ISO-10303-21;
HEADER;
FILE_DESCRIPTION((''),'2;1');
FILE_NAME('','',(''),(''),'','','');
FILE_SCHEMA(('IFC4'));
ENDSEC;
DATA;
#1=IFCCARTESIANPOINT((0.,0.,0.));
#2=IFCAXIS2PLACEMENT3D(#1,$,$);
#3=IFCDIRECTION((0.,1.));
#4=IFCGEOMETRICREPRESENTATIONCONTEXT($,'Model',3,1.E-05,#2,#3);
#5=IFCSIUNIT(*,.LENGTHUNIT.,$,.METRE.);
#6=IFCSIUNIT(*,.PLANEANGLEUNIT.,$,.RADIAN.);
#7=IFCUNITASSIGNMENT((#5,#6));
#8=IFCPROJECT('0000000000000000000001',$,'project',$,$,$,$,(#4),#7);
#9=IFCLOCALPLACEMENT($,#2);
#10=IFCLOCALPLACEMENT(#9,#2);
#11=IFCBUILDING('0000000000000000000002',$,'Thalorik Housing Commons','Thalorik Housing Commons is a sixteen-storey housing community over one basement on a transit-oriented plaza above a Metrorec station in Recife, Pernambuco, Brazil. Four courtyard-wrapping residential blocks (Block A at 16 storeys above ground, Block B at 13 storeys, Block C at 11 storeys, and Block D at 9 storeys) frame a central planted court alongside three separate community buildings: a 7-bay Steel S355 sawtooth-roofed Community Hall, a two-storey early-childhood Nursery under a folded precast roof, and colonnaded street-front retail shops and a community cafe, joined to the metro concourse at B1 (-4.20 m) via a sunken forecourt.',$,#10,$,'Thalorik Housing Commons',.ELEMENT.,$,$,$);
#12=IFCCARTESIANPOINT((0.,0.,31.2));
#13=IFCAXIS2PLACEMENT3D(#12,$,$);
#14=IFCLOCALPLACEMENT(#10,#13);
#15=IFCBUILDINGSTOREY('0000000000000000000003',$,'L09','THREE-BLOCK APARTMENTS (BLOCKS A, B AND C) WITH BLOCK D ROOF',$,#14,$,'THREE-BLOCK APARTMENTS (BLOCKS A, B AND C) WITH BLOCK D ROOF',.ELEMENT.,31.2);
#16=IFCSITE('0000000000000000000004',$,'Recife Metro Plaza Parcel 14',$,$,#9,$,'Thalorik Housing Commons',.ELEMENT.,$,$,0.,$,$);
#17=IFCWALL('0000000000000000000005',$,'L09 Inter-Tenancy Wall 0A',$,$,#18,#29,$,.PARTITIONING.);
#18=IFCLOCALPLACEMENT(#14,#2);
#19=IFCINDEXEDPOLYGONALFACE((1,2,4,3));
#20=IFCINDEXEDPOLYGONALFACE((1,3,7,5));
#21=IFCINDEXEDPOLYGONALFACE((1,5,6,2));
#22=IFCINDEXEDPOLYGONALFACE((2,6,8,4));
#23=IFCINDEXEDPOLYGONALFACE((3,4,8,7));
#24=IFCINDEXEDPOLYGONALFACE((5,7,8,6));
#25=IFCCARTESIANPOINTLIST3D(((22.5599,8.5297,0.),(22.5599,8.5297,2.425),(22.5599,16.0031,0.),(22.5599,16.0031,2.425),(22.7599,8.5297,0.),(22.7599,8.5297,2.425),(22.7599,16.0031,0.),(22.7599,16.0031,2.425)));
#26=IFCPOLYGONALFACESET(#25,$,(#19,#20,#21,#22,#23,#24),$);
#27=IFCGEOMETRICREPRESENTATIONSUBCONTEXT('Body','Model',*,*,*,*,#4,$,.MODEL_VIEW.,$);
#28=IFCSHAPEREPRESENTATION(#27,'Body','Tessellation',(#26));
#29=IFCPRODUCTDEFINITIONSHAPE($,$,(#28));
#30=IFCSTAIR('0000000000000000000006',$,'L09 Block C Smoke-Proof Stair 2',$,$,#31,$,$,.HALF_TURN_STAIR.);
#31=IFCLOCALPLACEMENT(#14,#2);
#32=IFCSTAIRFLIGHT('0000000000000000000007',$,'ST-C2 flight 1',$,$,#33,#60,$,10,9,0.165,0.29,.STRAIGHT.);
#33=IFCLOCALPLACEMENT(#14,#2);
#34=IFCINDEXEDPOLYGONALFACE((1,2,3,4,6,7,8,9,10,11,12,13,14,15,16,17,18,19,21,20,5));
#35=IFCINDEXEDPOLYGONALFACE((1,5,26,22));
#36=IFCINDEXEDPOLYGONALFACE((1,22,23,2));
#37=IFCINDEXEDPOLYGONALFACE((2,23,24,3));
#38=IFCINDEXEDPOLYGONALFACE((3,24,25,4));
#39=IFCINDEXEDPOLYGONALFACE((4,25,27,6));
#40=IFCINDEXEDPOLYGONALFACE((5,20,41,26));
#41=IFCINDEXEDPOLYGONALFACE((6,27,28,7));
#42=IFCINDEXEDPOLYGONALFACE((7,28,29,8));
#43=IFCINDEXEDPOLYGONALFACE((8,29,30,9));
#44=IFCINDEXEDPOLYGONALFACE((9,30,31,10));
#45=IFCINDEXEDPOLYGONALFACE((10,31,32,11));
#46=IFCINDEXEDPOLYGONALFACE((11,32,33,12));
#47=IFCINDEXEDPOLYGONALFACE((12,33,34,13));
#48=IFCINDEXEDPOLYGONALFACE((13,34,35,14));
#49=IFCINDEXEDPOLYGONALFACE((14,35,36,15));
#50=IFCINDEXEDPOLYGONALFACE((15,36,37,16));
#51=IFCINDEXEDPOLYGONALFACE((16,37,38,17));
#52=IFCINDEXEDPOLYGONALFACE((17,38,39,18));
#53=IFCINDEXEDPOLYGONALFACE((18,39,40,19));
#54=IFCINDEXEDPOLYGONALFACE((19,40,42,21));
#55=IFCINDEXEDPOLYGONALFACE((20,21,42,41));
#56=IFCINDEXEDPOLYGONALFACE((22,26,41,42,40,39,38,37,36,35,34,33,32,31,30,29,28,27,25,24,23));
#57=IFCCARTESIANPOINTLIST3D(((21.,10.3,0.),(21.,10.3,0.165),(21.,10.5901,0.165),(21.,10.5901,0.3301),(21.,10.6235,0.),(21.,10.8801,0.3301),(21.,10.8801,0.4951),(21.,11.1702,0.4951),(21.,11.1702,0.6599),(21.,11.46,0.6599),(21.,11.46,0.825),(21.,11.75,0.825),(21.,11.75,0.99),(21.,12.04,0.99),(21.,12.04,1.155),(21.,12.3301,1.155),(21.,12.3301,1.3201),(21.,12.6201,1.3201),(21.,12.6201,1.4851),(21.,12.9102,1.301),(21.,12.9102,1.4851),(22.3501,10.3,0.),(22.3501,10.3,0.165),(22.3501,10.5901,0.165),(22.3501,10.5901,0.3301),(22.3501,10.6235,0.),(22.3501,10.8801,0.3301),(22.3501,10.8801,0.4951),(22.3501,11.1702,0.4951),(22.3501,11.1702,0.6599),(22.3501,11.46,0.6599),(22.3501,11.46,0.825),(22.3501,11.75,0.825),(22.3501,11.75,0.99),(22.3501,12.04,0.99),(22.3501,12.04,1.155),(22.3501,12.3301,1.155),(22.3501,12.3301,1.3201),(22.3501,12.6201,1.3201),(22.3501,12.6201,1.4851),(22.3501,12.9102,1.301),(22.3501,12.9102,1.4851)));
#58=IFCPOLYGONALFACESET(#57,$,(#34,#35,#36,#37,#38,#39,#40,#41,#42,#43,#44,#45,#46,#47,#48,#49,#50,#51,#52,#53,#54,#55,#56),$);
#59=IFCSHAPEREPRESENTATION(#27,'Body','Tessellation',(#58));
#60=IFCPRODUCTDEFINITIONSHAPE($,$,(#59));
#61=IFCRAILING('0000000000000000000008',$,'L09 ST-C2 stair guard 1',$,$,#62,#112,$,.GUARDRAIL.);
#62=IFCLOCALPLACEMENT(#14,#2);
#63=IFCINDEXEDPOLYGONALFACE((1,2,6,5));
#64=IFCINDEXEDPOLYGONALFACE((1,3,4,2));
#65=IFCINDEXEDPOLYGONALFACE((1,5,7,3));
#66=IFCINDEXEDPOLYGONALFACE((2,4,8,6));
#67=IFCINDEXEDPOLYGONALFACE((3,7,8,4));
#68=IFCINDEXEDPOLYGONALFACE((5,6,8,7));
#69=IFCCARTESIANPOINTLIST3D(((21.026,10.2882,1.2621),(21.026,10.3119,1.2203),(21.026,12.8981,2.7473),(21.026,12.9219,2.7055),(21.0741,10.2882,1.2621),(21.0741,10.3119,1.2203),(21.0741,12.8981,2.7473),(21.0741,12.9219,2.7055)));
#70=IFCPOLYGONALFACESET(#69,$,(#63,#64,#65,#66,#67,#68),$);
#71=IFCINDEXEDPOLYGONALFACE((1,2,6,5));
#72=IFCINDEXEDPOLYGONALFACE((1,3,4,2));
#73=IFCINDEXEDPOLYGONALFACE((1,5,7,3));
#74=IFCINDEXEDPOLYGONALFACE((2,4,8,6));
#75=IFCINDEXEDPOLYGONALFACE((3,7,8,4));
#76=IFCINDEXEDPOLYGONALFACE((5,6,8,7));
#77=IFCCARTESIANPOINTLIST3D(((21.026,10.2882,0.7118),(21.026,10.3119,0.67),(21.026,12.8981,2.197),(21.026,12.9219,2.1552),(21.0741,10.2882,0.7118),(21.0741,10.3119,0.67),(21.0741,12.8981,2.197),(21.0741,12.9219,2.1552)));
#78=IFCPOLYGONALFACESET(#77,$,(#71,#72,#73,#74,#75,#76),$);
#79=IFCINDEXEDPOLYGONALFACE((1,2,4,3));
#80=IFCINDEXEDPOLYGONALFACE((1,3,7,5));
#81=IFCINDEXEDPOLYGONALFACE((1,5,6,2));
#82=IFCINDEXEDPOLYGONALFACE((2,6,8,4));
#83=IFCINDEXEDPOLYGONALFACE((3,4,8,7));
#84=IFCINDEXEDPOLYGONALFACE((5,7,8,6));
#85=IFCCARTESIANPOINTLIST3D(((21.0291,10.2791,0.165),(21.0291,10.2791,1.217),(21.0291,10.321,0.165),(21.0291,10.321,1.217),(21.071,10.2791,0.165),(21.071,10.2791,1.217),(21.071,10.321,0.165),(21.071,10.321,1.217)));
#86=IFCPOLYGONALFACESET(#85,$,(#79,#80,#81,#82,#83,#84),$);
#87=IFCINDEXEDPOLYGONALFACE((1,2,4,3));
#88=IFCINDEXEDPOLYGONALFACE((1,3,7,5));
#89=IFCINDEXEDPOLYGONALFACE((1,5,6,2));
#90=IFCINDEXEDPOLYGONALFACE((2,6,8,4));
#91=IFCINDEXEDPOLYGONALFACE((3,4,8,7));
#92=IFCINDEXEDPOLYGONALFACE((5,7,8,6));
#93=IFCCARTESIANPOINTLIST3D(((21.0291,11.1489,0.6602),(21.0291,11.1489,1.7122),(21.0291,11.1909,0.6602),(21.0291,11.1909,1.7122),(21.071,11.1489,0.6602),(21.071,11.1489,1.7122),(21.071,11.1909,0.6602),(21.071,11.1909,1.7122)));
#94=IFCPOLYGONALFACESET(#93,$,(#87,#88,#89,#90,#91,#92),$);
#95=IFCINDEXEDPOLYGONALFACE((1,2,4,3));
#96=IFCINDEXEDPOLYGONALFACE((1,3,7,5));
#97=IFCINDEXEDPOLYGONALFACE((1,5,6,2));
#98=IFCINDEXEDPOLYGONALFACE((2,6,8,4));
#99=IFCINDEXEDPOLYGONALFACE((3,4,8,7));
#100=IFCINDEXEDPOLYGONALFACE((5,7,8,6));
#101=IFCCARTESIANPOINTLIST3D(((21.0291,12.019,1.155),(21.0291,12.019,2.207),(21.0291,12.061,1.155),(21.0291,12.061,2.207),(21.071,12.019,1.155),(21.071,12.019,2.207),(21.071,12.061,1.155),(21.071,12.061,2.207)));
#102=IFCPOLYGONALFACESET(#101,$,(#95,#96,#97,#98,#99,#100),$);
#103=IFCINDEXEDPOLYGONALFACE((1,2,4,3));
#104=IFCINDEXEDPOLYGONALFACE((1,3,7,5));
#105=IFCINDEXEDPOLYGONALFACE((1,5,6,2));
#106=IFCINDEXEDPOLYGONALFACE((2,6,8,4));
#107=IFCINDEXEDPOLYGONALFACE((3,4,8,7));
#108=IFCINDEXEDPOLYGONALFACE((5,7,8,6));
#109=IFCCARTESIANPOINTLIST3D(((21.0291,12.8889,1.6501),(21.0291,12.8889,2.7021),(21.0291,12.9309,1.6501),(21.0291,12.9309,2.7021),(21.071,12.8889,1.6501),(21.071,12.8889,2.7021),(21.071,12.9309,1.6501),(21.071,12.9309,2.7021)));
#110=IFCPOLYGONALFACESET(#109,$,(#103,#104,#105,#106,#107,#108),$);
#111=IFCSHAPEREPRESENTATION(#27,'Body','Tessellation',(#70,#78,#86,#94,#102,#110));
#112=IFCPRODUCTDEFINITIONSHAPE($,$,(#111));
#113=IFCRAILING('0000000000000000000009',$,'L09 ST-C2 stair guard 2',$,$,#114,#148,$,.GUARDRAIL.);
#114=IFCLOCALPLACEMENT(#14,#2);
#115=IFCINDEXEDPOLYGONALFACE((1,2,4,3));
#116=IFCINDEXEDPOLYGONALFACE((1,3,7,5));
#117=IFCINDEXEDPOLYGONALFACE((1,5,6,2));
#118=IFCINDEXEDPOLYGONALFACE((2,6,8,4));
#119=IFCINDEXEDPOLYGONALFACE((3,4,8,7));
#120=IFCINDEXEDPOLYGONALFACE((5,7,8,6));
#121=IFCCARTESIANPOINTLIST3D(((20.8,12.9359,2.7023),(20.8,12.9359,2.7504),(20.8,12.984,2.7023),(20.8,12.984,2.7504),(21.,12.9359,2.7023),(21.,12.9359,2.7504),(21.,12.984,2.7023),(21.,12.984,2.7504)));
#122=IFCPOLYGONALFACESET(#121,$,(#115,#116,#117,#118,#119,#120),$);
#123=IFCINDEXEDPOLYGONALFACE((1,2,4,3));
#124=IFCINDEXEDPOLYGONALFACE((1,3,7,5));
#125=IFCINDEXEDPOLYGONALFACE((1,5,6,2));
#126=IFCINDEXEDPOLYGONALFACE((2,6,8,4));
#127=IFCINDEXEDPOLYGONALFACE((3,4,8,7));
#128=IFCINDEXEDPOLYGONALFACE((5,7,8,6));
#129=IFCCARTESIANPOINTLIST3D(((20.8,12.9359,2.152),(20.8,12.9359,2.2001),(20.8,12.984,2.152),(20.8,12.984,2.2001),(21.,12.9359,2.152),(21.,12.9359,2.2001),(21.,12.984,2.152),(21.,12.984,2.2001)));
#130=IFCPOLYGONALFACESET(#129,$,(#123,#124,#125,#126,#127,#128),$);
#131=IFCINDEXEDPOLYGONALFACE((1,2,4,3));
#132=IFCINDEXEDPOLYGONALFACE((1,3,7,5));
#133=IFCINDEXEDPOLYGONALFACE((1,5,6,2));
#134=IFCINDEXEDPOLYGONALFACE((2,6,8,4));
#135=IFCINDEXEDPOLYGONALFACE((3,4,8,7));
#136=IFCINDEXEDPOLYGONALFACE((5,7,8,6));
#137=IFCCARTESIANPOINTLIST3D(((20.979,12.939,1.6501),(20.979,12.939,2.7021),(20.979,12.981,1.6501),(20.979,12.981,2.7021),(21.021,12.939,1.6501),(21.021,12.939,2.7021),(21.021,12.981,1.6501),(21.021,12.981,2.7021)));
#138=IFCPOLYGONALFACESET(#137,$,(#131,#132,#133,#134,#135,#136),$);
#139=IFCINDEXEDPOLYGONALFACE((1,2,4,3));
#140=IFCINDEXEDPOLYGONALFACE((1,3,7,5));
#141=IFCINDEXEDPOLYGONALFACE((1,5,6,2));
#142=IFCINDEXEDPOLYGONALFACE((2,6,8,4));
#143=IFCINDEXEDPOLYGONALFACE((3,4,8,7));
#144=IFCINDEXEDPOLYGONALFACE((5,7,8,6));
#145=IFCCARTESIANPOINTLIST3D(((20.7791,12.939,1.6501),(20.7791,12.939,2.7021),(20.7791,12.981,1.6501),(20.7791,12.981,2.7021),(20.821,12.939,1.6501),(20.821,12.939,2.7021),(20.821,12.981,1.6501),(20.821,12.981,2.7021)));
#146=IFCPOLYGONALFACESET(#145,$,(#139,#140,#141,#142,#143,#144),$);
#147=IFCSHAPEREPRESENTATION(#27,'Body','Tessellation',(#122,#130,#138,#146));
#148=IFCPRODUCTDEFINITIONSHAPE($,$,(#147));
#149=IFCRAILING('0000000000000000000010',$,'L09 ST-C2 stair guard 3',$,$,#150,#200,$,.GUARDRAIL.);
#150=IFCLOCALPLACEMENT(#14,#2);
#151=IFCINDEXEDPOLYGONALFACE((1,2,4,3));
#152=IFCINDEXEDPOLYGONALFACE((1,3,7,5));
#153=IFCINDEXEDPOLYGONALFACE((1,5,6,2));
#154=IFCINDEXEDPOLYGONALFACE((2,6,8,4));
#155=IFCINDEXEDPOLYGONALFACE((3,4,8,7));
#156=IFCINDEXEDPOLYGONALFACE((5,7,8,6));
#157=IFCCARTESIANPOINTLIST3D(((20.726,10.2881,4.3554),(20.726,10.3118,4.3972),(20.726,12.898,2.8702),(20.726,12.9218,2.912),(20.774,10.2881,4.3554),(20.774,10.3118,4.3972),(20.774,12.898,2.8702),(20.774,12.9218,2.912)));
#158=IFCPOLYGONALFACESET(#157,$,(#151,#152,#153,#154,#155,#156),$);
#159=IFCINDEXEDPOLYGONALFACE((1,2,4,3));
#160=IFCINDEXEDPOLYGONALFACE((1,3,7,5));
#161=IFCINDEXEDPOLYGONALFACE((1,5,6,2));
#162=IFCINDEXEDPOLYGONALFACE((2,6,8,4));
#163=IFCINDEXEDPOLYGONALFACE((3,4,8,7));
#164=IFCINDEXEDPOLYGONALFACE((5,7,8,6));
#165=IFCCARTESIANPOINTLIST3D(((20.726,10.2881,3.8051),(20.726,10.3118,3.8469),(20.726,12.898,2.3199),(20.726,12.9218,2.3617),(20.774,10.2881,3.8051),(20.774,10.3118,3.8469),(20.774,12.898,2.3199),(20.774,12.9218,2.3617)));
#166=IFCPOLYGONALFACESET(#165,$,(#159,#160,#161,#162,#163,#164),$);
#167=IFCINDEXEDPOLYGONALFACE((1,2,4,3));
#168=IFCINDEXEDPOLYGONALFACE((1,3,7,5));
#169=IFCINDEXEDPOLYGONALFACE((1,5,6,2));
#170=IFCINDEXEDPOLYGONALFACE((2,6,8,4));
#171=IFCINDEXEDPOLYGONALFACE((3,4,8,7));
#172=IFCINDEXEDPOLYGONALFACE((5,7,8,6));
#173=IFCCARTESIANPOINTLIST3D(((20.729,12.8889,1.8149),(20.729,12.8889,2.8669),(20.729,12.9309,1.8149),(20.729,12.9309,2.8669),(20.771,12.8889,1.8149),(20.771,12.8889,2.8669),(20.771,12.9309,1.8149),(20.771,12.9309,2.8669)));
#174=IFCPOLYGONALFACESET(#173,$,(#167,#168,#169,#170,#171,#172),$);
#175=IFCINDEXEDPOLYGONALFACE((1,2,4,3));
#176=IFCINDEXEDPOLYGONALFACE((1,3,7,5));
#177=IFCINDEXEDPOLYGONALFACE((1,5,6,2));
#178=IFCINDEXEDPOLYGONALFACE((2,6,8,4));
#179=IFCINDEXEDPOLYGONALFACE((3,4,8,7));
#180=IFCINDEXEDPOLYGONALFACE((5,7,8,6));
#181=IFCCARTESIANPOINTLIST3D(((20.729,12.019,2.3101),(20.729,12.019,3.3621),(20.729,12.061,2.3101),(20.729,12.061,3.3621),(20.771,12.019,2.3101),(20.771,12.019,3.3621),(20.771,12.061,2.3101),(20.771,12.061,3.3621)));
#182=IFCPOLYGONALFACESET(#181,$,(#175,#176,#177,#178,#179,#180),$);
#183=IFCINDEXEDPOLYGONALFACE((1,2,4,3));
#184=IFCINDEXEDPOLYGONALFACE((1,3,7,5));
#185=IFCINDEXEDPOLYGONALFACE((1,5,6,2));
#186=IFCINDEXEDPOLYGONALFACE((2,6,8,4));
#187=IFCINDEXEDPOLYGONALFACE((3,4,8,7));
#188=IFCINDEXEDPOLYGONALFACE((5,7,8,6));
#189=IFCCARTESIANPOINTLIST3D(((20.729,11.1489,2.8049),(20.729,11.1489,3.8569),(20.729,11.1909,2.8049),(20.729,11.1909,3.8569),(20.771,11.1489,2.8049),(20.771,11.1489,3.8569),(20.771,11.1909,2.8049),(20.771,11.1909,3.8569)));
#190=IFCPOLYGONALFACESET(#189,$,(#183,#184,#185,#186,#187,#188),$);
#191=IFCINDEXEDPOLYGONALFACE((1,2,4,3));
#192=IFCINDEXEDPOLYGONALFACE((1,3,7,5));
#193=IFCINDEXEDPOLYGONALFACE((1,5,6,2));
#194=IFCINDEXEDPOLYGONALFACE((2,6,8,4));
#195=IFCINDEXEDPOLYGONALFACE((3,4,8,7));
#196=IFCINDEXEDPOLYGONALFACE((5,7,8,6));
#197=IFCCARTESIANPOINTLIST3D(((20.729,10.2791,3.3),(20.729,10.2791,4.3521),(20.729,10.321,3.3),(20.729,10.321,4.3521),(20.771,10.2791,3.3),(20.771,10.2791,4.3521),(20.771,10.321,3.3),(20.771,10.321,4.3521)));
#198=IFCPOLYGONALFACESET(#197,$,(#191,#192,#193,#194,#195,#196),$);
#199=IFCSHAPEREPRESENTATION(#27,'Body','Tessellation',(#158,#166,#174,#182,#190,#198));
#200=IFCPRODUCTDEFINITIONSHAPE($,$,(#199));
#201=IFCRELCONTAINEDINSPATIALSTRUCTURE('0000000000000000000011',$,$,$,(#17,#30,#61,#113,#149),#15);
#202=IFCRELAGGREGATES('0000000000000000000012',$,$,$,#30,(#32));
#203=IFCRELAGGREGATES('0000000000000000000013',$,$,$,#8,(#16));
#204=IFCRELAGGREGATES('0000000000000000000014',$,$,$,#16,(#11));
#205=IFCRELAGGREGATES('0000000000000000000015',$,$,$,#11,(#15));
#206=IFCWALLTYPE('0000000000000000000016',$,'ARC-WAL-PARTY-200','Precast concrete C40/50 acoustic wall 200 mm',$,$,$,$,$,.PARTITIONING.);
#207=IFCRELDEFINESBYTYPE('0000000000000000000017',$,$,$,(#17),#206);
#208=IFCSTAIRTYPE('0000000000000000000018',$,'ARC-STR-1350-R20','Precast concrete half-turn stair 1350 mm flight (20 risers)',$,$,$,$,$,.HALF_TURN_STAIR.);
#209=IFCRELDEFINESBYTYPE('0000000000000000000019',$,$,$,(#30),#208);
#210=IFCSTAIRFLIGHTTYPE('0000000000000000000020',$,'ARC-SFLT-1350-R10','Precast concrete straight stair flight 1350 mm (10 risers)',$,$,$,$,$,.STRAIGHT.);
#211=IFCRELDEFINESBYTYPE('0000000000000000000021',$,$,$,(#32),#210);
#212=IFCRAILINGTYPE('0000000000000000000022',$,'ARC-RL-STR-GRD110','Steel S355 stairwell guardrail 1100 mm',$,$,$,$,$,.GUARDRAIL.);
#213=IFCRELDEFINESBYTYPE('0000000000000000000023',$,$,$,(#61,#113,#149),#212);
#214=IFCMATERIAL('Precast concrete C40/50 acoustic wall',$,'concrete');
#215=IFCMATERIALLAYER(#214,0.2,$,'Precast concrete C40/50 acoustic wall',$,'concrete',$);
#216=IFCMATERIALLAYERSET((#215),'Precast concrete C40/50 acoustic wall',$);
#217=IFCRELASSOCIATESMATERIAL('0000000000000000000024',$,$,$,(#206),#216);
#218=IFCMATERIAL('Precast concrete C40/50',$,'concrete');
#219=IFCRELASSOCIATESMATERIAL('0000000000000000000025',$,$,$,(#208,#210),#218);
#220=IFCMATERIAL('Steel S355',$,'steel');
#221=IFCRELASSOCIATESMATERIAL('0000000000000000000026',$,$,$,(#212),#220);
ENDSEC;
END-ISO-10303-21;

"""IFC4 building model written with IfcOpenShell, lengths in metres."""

from ifc_helpers import new_model, si_unit, direction, frame, frame_2d, origin, origin_2d, place, context, subcontext, project, spatial, polyline, rectangle, outline, extrude, material, layer, layer_set, type_object, element, aggregate, save


model = new_model("IFC4")

# Units and contexts
model_context = context("Model", 3, precision=1e-05, world=origin(), true_north=direction((0.0, 1.0)))
body_context = subcontext(model_context, "Body", "Model", "MODEL_VIEW")
ifc_project = project(units=[si_unit("LENGTHUNIT", "METRE"), si_unit("PLANEANGLEUNIT", "RADIAN")], contexts=[model_context])

# Site, building, storey
site_placement = place(None, origin())
site = spatial("IfcSite", under=ifc_project, at=site_placement, Name="Recife Metro Plaza Parcel 14", LongName="Thalorik Housing Commons", CompositionType="ELEMENT", RefElevation=0.0)
building_placement = place(site_placement, origin())
building = spatial("IfcBuilding", under=site, at=building_placement, Name="Thalorik Housing Commons", Description="Thalorik Housing Commons is a sixteen-storey housing community over one basement on a transit-oriented plaza above a Metrorec station in Recife, Pernambuco, Brazil. Four courtyard-wrapping residential blocks (Block A at 16 storeys above ground, Block B at 13 storeys, Block C at 11 storeys, and Block D at 9 storeys) frame a central planted court alongside three separate community buildings: a 7-bay Steel S355 sawtooth-roofed Community Hall, a two-storey early-childhood Nursery under a folded precast roof, and colonnaded street-front retail shops and a community cafe, joined to the metro concourse at B1 (-4.20 m) via a sunken forecourt.", LongName="Thalorik Housing Commons", CompositionType="ELEMENT")
storey_placement = place(building_placement, frame((0.0, 0.0, 31.2)))
storey = spatial("IfcBuildingStorey", under=building, at=storey_placement, Name="L09", Description="THREE-BLOCK APARTMENTS (BLOCKS A, B AND C) WITH BLOCK D ROOF", LongName="THREE-BLOCK APARTMENTS (BLOCKS A, B AND C) WITH BLOCK D ROOF", CompositionType="ELEMENT", Elevation=31.2)

# Shared definitions
ifc_material_1 = material(Name="Precast concrete C40/50", Category="concrete")

# Wall
ifc_material_2 = material(Name="Precast concrete C40/50 acoustic wall", Category="concrete")
ifc_layer_1 = layer(ifc_material_2, 0.2, Name="Precast concrete C40/50 acoustic wall", Category="concrete")
ifc_layer_set_1 = layer_set([ifc_layer_1], Name="Precast concrete C40/50 acoustic wall")
wall_type_1 = type_object("IfcWallType", Name="ARC-WAL-PARTY-200", Description="Precast concrete C40/50 acoustic wall 200 mm", PredefinedType="PARTITIONING", material=ifc_layer_set_1)
wall_1_placement = place(storey_placement, frame((22.6599, 8.5295, 0.0), z_axis=(0.0, 0.0, 1.0), x_axis=(0.0, 1.0, 0.0)))
element("IfcWall", 1, at=wall_1_placement, inside=storey, type_object=wall_type_1, Name="L09 Inter-Tenancy Wall 0A", PredefinedType="PARTITIONING", context=body_context, shape_type="SweptSolid", body=[
    extrude(rectangle(XDim=7.4734, YDim=0.2, at=frame_2d((3.7368, 0.0))), origin(), (0.0, 0.0, 1.0), 2.425),
])

# Stair, stair flight
stair_type = type_object("IfcStairType", Name="ARC-STR-1350-R20", Description="Precast concrete half-turn stair 1350 mm flight (20 risers)", PredefinedType="HALF_TURN_STAIR", material=ifc_material_1)
stair_placement = place(storey_placement, origin())
stair = element("IfcStair", 2, at=stair_placement, inside=storey, type_object=stair_type, Name="L09 Block C Smoke-Proof Stair 2", PredefinedType="HALF_TURN_STAIR")
stair_flight_type = type_object("IfcStairFlightType", Name="ARC-SFLT-1350-R10", Description="Precast concrete straight stair flight 1350 mm (10 risers)", PredefinedType="STRAIGHT", material=ifc_material_1)
stair_flight_placement = place(storey_placement, frame((21.675, 10.3, 0.0), z_axis=(0.0, 0.0, 1.0), x_axis=(0.0, 1.0, 0.0)))
stair_flight = element("IfcStairFlight", 3, at=stair_flight_placement, type_object=stair_flight_type, Name="ST-C2 flight 1", NumberOfRisers=10, NumberOfTreads=9, PredefinedType="STRAIGHT", RiserHeight=0.165, TreadLength=0.29, context=body_context, shape_type="SweptSolid", body=[
    extrude(outline(polyline([(0.0, 0.0), (0.0, 0.165), (0.29, 0.165), (0.29, 0.3301), (0.5801, 0.3301), (0.5801, 0.4951), (0.8701, 0.4951), (0.8701, 0.6599), (1.1599, 0.6599), (1.1599, 0.825), (1.45, 0.825), (1.45, 0.99), (1.74, 0.99), (1.74, 1.155), (2.03, 1.155), (2.03, 1.3201), (2.3201, 1.3201), (2.3201, 1.4851), (2.6101, 1.4851), (2.6101, 1.6499), (2.6101, 1.301), (0.3235, 0.0), (0.0, 0.0)])), frame((0.0, 0.675, 0.0), z_axis=(0.0, -1.0, 0.0), x_axis=(1.0, 0.0, 0.0)), (0.0, 0.0, 1.0), 1.3501),
])
aggregate(stair, [stair_flight])

# Railings
ifc_material_3 = material(Name="Steel S355", Category="steel")
railing_type_1 = type_object("IfcRailingType", Name="ARC-RL-STR-GRD110", Description="Steel S355 stairwell guardrail 1100 mm", PredefinedType="GUARDRAIL", material=ifc_material_3)
railing_1_placement = place(storey_placement, frame((21.05, 10.3, 0.165)))
element("IfcRailing", 4, at=railing_1_placement, inside=storey, type_object=railing_type_1, Name="L09 ST-C2 stair guard 1", PredefinedType="GUARDRAIL", context=body_context, shape_type="SweptSolid", body=[
    extrude(rectangle(XDim=0.0481, YDim=0.0481, at=origin_2d()), frame((0.0, 0.0, 1.0762), z_axis=(0.0, 0.869137, 0.494571), x_axis=(-1.0, 0.0, 0.0)), (0.0, 0.0, 1.0), 3.0029),
    extrude(rectangle(XDim=0.0481, YDim=0.0481, at=origin_2d()), frame((0.0, 0.0, 0.5259), z_axis=(0.0, 0.869137, 0.494571), x_axis=(-1.0, 0.0, 0.0)), (0.0, 0.0, 1.0), 3.0029),
    extrude(rectangle(XDim=0.042, YDim=0.042, at=origin_2d()), origin(), (0.0, 0.0, 1.0), 1.052),
    extrude(rectangle(XDim=0.042, YDim=0.042, at=origin_2d()), frame((0.0, 0.8699, 0.4951)), (0.0, 0.0, 1.0), 1.052),
    extrude(rectangle(XDim=0.042, YDim=0.042, at=origin_2d()), frame((0.0, 1.74, 0.99)), (0.0, 0.0, 1.0), 1.052),
    extrude(rectangle(XDim=0.042, YDim=0.042, at=origin_2d()), frame((0.0, 2.6099, 1.4851)), (0.0, 0.0, 1.0), 1.052),
])
railing_2_placement = place(storey_placement, frame((21.0, 12.96, 1.6501)))
element("IfcRailing", 5, at=railing_2_placement, inside=storey, type_object=railing_type_1, Name="L09 ST-C2 stair guard 2", PredefinedType="GUARDRAIL", context=body_context, shape_type="SweptSolid", body=[
    extrude(rectangle(XDim=0.0481, YDim=0.0481, at=origin_2d()), frame((0.0, 0.0, 1.0762), z_axis=(-1.0, 0.0, 0.0), x_axis=(0.0, -1.0, 0.0)), (0.0, 0.0, 1.0), 0.2),
    extrude(rectangle(XDim=0.0481, YDim=0.0481, at=origin_2d()), frame((0.0, 0.0, 0.5259), z_axis=(-1.0, 0.0, 0.0), x_axis=(0.0, -1.0, 0.0)), (0.0, 0.0, 1.0), 0.2),
    extrude(rectangle(XDim=0.042, YDim=0.042, at=origin_2d()), origin(), (0.0, 0.0, 1.0), 1.052),
    extrude(rectangle(XDim=0.042, YDim=0.042, at=origin_2d()), frame((-0.2, 0.0, 0.0)), (0.0, 0.0, 1.0), 1.052),
])
railing_3_placement = place(storey_placement, frame((20.75, 12.9099, 1.8149)))
element("IfcRailing", 6, at=railing_3_placement, inside=storey, type_object=railing_type_1, Name="L09 ST-C2 stair guard 3", PredefinedType="GUARDRAIL", context=body_context, shape_type="SweptSolid", body=[
    extrude(rectangle(XDim=0.0481, YDim=0.0481, at=origin_2d()), frame((0.0, 0.0, 1.0762), z_axis=(0.0, -0.869137, 0.494571), x_axis=(1.0, 0.0, 0.0)), (0.0, 0.0, 1.0), 3.0029),
    extrude(rectangle(XDim=0.0481, YDim=0.0481, at=origin_2d()), frame((0.0, 0.0, 0.5259), z_axis=(0.0, -0.869137, 0.494571), x_axis=(1.0, 0.0, 0.0)), (0.0, 0.0, 1.0), 3.0029),
    extrude(rectangle(XDim=0.042, YDim=0.042, at=origin_2d()), origin(), (0.0, 0.0, 1.0), 1.052),
    extrude(rectangle(XDim=0.042, YDim=0.042, at=origin_2d()), frame((0.0, -0.8699, 0.4951)), (0.0, 0.0, 1.0), 1.052),
    extrude(rectangle(XDim=0.042, YDim=0.042, at=origin_2d()), frame((0.0, -1.74, 0.99)), (0.0, 0.0, 1.0), 1.052),
    extrude(rectangle(XDim=0.042, YDim=0.042, at=origin_2d()), frame((0.0, -2.6099, 1.4851)), (0.0, 0.0, 1.0), 1.052),
])

save(model, "model.ifc")
